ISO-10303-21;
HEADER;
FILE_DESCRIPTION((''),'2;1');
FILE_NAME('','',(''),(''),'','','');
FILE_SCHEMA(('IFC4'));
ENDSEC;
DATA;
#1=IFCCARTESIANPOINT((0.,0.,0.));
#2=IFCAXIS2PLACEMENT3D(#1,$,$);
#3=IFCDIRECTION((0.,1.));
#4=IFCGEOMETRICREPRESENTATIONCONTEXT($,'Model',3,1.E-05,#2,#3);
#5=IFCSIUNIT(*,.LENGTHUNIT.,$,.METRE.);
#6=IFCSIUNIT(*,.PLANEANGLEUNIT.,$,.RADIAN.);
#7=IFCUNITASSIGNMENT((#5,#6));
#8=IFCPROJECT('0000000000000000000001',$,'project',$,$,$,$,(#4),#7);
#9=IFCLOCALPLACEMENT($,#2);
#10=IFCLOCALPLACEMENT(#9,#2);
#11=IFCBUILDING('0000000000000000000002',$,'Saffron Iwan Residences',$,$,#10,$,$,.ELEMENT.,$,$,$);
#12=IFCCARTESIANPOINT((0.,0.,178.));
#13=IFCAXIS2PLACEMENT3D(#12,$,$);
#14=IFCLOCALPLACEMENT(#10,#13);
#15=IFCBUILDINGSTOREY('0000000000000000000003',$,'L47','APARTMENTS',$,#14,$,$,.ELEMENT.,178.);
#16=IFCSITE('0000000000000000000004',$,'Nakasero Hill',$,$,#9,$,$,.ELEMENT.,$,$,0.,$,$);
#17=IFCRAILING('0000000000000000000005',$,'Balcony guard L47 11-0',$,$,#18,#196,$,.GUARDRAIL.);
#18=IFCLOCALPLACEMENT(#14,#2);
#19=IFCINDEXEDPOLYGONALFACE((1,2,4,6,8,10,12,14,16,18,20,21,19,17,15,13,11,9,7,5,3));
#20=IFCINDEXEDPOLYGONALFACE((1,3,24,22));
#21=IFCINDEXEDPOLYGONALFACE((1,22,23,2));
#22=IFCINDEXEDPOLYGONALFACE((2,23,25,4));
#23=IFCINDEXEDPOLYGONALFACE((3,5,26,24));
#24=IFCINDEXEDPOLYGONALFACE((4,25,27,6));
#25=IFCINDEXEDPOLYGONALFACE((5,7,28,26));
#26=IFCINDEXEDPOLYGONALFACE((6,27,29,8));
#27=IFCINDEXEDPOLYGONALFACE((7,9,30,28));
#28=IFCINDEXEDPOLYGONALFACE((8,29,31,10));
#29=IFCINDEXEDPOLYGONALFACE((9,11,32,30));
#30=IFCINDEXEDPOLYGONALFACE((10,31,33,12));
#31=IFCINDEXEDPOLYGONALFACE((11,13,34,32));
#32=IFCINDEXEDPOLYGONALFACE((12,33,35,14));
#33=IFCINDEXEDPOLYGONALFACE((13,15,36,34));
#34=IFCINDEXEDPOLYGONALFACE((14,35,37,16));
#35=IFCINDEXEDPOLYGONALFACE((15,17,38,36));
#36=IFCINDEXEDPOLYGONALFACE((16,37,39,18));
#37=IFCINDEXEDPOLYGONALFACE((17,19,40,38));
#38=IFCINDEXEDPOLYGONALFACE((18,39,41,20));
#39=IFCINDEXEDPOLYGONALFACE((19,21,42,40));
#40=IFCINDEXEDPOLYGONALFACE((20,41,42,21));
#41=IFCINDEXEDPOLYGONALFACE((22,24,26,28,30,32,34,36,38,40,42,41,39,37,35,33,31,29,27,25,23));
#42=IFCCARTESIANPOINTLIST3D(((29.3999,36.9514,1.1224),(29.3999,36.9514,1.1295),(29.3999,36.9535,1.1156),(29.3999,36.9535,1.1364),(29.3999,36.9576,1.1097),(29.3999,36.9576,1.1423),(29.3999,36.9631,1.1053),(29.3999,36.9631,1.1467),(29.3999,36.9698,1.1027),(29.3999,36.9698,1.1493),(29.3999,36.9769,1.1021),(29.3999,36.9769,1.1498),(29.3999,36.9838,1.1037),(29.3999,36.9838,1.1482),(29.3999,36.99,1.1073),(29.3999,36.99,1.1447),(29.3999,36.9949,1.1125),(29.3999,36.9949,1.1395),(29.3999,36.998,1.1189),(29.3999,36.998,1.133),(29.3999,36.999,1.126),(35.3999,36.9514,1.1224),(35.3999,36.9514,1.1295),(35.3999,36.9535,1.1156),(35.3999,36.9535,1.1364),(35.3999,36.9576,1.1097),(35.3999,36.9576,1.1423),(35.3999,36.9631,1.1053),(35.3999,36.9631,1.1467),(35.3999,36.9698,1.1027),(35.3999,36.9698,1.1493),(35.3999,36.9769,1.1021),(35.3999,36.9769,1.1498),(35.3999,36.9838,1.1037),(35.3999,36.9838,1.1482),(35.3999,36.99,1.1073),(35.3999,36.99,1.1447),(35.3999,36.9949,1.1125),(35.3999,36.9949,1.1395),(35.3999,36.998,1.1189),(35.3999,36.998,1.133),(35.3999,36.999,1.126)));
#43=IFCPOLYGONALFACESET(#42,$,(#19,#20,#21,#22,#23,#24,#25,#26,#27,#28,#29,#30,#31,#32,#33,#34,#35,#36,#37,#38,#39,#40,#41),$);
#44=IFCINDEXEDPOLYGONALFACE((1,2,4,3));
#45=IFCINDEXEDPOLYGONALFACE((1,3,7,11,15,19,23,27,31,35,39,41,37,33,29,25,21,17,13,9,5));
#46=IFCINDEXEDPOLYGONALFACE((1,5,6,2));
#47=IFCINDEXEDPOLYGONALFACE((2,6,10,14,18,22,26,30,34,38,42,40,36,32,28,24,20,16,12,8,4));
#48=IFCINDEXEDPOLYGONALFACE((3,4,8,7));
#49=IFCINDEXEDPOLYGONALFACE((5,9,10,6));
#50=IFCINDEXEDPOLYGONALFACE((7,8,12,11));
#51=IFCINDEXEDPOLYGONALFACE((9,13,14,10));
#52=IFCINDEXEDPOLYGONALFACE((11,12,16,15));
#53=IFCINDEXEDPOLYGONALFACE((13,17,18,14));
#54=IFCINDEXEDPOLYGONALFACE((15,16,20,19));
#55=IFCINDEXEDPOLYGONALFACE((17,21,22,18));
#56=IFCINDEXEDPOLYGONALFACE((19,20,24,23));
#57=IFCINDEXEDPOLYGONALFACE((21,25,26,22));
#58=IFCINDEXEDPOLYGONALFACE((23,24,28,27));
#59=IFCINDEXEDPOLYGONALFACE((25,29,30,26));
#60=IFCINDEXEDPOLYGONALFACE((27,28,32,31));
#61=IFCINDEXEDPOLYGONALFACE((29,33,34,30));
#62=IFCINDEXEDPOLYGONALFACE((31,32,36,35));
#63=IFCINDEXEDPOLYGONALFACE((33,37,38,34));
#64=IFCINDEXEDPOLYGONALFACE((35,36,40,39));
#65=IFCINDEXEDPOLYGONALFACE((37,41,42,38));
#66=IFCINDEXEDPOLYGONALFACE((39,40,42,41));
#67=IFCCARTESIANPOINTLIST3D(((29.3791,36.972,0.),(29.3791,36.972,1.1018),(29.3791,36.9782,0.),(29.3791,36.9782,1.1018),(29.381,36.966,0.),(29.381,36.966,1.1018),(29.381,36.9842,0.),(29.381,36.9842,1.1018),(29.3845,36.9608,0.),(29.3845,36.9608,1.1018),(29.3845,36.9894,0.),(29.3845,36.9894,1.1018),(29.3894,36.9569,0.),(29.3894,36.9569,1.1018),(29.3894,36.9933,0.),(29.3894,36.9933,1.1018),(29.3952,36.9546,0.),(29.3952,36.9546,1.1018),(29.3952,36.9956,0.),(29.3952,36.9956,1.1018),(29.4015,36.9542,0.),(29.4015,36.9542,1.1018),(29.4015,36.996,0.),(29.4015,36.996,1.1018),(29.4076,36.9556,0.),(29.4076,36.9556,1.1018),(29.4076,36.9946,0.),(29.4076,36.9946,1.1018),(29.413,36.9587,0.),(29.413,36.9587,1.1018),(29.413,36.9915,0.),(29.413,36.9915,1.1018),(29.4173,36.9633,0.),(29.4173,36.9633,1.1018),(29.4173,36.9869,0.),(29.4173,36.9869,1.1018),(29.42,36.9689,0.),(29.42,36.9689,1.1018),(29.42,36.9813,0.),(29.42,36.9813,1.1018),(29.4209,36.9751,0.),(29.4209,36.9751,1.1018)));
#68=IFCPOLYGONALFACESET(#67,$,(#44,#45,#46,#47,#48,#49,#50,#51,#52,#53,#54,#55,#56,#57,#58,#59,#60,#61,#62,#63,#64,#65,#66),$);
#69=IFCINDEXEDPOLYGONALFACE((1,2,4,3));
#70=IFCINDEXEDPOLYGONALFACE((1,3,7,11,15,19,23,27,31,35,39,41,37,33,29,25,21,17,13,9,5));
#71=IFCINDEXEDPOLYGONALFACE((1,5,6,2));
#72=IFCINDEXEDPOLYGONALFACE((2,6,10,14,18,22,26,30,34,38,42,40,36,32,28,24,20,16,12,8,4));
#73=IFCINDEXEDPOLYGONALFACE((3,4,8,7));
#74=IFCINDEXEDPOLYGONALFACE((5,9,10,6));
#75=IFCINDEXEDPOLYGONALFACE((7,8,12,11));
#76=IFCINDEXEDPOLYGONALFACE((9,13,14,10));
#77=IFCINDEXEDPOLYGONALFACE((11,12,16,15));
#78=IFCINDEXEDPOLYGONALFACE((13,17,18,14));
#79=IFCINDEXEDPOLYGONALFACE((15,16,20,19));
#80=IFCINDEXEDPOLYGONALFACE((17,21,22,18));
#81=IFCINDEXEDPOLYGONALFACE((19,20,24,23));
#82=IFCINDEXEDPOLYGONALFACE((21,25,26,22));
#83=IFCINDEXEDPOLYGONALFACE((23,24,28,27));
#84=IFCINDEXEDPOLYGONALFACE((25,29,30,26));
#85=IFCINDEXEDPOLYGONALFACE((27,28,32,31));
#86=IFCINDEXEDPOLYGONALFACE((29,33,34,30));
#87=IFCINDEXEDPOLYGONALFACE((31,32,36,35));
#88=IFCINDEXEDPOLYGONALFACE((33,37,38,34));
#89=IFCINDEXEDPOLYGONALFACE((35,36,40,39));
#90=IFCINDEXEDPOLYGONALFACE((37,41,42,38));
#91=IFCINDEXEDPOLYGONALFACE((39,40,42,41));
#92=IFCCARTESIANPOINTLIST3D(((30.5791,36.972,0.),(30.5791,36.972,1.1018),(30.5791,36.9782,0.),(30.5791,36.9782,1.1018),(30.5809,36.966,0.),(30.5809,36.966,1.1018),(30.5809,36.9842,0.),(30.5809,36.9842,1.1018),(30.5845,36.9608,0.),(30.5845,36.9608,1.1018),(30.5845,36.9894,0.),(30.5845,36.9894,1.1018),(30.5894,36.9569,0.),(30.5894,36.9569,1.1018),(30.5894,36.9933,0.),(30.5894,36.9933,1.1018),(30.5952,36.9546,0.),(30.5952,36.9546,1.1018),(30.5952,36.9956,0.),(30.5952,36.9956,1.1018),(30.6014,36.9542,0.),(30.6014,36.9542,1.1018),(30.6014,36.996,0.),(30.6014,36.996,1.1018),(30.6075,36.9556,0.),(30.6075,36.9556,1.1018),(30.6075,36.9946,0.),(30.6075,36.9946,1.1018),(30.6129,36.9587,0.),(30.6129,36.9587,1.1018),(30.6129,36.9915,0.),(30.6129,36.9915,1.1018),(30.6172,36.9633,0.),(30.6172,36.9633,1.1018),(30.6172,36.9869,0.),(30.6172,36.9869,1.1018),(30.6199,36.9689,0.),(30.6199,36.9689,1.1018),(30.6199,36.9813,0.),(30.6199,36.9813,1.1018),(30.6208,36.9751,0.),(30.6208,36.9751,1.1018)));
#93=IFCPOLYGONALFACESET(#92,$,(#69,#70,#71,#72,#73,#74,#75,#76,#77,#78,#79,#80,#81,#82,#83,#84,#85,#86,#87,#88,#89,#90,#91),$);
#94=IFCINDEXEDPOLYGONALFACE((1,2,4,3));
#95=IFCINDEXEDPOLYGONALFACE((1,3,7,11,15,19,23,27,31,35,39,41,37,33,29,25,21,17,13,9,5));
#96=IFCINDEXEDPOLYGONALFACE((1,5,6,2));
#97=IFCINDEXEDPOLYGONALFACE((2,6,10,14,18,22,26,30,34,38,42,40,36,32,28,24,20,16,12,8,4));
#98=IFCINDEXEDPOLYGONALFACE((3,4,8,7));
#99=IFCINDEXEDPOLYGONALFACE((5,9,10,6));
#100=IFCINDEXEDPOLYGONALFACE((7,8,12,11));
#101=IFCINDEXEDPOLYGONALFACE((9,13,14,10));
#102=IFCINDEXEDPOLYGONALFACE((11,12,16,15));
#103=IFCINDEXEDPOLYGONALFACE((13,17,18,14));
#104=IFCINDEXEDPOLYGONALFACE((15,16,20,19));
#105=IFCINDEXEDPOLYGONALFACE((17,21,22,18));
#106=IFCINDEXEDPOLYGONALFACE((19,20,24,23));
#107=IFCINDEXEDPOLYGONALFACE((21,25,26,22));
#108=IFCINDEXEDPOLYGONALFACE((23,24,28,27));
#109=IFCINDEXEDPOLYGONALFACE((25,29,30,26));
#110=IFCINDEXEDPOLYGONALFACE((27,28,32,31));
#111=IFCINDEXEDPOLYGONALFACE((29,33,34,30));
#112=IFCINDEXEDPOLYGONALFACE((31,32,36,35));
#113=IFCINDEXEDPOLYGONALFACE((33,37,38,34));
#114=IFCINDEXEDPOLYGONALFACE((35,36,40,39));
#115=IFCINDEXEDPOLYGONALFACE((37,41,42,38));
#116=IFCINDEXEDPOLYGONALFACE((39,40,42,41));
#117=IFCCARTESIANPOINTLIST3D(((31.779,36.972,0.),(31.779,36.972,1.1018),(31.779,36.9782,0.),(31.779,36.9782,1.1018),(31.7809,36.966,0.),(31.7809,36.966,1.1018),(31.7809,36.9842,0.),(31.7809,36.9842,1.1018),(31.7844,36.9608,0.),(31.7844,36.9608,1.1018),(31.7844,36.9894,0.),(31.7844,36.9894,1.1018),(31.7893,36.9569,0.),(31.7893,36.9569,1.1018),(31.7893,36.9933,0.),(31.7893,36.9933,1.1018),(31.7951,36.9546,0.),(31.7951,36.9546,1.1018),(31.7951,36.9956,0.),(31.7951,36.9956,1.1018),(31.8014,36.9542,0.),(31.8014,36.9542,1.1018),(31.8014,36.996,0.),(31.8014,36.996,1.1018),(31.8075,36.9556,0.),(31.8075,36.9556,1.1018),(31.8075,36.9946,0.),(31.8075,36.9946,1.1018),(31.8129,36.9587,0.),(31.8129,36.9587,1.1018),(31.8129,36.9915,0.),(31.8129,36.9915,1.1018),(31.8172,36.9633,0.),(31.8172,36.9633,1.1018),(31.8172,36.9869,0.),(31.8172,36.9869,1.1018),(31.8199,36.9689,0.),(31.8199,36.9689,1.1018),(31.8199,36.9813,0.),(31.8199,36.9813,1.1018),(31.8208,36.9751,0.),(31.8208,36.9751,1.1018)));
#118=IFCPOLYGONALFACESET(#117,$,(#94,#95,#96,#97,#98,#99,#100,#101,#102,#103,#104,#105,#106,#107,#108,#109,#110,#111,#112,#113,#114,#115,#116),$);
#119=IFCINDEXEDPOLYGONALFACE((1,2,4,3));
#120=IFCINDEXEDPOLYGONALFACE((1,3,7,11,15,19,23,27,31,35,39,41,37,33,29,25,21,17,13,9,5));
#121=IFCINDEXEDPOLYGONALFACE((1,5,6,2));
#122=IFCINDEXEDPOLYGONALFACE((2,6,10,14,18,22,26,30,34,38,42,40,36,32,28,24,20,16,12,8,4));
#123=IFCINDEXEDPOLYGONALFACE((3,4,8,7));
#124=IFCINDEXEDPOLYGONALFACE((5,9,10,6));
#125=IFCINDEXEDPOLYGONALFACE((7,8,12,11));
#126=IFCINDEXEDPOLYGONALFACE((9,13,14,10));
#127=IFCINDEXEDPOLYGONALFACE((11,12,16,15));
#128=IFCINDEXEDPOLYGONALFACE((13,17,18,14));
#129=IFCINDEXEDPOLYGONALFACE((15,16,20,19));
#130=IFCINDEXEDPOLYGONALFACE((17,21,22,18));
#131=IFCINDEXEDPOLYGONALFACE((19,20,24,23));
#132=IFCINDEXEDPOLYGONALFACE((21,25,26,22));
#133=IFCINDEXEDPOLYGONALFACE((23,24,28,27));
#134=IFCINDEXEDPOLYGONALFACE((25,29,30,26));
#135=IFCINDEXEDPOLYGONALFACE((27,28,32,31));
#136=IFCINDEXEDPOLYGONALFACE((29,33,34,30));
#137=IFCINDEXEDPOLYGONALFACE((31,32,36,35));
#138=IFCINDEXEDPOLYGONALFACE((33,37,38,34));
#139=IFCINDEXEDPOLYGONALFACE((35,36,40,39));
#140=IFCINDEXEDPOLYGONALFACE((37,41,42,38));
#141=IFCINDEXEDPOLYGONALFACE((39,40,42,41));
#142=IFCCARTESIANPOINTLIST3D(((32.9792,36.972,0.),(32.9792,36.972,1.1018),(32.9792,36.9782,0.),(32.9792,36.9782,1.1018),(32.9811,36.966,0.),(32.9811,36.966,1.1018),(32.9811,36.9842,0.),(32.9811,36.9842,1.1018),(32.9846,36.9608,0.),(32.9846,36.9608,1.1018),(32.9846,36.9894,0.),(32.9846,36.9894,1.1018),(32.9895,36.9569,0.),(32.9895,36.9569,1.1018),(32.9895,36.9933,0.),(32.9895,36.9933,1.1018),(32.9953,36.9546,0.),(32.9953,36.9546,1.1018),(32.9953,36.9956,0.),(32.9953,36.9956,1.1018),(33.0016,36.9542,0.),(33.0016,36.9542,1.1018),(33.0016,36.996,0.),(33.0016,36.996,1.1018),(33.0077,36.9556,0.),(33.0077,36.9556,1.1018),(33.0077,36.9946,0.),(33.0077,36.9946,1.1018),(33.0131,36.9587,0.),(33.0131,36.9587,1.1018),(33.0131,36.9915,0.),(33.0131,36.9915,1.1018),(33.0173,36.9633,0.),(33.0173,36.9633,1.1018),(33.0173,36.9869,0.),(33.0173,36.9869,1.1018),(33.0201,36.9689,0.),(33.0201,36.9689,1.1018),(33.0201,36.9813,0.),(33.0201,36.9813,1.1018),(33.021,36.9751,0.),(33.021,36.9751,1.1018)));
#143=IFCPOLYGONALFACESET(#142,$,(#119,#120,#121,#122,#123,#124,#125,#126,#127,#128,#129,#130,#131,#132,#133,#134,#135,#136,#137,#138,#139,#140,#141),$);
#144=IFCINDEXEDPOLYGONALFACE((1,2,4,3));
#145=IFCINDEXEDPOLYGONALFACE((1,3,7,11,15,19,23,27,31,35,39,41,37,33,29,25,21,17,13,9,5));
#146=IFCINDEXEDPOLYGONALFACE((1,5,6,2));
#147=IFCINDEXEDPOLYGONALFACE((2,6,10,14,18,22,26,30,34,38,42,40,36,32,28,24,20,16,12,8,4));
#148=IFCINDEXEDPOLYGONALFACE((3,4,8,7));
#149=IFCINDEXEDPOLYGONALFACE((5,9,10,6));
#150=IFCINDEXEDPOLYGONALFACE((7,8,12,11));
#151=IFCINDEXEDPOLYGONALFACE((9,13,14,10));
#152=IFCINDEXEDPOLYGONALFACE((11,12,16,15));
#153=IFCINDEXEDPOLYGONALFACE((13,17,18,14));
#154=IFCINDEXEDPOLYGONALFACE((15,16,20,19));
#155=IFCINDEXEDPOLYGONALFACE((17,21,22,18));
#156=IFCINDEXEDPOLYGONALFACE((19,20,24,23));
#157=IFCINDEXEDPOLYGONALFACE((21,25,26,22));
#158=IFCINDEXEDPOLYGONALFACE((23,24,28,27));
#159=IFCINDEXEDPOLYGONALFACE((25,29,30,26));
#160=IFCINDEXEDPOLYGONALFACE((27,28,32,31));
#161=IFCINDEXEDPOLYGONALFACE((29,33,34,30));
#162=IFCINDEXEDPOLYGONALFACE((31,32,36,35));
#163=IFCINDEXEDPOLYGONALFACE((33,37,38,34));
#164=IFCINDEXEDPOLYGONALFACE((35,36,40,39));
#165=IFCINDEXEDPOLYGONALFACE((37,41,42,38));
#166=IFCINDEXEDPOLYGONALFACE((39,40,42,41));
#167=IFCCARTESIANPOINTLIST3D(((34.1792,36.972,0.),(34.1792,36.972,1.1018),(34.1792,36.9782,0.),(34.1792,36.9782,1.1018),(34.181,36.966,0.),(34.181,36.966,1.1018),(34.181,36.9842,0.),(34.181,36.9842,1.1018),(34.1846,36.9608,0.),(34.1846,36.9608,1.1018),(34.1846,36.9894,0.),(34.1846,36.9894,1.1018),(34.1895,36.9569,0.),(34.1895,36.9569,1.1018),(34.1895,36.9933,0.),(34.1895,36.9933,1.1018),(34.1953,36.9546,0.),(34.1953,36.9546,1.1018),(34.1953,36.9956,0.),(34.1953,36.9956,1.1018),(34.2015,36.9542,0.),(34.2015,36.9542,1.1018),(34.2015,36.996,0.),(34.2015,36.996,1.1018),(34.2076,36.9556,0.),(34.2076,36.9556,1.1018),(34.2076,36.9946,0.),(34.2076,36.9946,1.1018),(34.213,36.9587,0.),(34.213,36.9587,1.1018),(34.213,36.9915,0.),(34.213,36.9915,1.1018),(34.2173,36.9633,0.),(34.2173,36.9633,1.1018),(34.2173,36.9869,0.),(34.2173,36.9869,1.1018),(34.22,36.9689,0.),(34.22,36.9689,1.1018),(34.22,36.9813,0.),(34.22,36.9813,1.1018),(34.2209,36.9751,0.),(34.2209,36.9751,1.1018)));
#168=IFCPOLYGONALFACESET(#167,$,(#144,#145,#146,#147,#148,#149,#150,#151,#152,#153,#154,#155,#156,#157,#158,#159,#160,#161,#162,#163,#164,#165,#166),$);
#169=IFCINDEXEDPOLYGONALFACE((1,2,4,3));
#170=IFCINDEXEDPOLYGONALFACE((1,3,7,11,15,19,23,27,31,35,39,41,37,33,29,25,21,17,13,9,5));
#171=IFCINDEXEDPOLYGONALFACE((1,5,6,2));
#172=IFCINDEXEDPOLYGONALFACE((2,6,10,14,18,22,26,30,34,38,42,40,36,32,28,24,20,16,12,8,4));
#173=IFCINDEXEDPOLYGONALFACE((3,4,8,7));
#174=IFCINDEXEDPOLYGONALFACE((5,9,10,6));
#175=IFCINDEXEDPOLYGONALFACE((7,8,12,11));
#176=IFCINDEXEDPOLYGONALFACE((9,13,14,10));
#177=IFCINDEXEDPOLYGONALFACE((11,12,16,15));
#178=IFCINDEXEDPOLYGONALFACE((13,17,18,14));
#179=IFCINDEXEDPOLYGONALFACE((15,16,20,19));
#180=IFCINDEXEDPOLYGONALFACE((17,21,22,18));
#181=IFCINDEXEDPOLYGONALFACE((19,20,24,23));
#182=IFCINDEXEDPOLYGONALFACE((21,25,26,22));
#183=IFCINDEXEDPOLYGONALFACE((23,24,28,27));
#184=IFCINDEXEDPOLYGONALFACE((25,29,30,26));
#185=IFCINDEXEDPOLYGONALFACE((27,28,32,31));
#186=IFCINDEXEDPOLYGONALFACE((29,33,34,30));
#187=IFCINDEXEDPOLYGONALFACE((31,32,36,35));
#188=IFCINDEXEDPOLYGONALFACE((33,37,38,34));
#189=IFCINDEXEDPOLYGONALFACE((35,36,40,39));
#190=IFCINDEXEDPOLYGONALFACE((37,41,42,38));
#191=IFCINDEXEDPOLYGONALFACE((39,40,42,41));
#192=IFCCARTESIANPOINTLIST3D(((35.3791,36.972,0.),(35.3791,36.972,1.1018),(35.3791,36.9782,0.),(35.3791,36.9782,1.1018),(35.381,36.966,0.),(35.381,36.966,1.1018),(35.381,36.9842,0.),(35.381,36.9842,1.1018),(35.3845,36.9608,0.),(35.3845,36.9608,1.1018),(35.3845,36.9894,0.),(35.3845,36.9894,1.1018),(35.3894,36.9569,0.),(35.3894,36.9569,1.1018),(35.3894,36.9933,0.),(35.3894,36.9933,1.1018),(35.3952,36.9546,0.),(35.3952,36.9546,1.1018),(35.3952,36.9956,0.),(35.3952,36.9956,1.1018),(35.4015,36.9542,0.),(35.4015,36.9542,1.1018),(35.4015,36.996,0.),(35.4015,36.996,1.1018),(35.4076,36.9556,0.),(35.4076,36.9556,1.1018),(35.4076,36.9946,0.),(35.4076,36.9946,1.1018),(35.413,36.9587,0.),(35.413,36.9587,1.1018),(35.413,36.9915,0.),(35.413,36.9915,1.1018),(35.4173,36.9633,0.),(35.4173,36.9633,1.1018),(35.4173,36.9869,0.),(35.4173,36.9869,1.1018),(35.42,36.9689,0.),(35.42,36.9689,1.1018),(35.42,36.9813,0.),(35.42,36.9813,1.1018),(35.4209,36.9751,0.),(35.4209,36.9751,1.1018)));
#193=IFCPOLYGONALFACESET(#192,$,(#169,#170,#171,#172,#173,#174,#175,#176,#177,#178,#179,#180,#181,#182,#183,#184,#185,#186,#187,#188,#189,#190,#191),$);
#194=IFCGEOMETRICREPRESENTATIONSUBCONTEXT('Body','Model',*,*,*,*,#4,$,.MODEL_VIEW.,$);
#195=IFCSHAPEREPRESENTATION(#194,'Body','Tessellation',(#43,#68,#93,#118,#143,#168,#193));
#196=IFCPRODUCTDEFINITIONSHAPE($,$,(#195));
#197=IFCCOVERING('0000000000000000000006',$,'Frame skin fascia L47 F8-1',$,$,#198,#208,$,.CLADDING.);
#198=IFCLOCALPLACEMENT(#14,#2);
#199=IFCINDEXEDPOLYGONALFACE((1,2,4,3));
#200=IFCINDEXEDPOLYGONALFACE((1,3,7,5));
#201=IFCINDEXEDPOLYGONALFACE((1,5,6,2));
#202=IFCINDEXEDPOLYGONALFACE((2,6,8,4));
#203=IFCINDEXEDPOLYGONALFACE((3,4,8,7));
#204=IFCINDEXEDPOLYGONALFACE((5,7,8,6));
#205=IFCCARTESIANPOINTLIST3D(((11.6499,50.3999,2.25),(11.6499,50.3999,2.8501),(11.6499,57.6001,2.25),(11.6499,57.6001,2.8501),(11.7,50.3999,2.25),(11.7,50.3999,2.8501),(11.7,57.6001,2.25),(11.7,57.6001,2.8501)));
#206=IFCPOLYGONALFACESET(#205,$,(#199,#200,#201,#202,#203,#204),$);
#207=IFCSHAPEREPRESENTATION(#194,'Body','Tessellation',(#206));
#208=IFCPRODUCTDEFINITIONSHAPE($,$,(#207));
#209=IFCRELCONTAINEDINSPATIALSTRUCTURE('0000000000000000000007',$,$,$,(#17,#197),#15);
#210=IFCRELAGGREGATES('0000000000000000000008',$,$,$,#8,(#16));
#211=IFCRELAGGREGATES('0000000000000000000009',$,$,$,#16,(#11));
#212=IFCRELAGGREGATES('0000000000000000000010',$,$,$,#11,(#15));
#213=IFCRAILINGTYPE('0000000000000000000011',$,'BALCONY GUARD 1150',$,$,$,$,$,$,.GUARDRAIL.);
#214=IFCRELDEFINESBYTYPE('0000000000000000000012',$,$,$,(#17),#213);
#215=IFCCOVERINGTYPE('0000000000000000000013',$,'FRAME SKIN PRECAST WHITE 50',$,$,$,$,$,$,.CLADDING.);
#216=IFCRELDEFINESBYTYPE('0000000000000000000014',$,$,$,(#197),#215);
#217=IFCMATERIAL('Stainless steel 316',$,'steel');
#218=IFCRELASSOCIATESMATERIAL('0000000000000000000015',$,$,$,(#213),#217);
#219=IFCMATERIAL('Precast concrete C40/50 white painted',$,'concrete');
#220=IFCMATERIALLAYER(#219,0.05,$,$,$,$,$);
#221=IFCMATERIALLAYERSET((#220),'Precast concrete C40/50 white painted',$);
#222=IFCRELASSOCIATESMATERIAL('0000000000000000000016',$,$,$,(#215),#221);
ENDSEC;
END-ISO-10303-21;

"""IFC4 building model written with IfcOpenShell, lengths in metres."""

from ifc_helpers import new_model, si_unit, direction, frame, origin, origin_2d, place, context, subcontext, project, spatial, polyline, circle, outline, extrude, material, layer, layer_set, type_object, element, save


model = new_model("IFC4")

# Units and contexts
model_context = context("Model", 3, precision=1e-05, world=origin(), true_north=direction((0.0, 1.0)))
body_context = subcontext(model_context, "Body", "Model", "MODEL_VIEW")
ifc_project = project(units=[si_unit("LENGTHUNIT", "METRE"), si_unit("PLANEANGLEUNIT", "RADIAN")], contexts=[model_context])

# Site, building, storey
site_placement = place(None, origin())
site = spatial("IfcSite", under=ifc_project, at=site_placement, Name="Nakasero Hill", CompositionType="ELEMENT", RefElevation=0.0)
building_placement = place(site_placement, origin())
building = spatial("IfcBuilding", under=site, at=building_placement, Name="Saffron Iwan Residences", CompositionType="ELEMENT")
storey_placement = place(building_placement, frame((0.0, 0.0, 178.0)))
storey = spatial("IfcBuildingStorey", under=building, at=storey_placement, Name="L47", Description="APARTMENTS", CompositionType="ELEMENT", Elevation=178.0)

# Railing
ifc_material_1 = material(Name="Stainless steel 316", Category="steel")
railing_type = type_object("IfcRailingType", Name="BALCONY GUARD 1150", PredefinedType="GUARDRAIL", material=ifc_material_1)
railing_placement = place(storey_placement, frame((29.3999, 36.9751, 0.0)))
element("IfcRailing", 1, at=railing_placement, inside=storey, type_object=railing_type, Name="Balcony guard L47 11-0", PredefinedType="GUARDRAIL", context=body_context, shape_type="SweptSolid", body=[
    extrude(circle(Radius=0.0239, at=origin_2d()), frame((0.0, 0.0, 1.126), z_axis=(1.0, 0.0, 0.0), x_axis=(0.0, 1.0, 0.0)), (0.0, 0.0, 1.0), 6.0),
    extrude(circle(Radius=0.021, at=origin_2d()), origin(), (0.0, 0.0, 1.0), 1.1018),
    extrude(circle(Radius=0.021, at=origin_2d()), frame((1.2, 0.0, 0.0)), (0.0, 0.0, 1.0), 1.1018),
    extrude(circle(Radius=0.021, at=origin_2d()), frame((2.3999, 0.0, 0.0)), (0.0, 0.0, 1.0), 1.1018),
    extrude(circle(Radius=0.021, at=origin_2d()), frame((3.6001, 0.0, 0.0)), (0.0, 0.0, 1.0), 1.1018),
    extrude(circle(Radius=0.021, at=origin_2d()), frame((4.8, 0.0, 0.0)), (0.0, 0.0, 1.0), 1.1018),
    extrude(circle(Radius=0.021, at=origin_2d()), frame((6.0, 0.0, 0.0)), (0.0, 0.0, 1.0), 1.1018),
])

# Covering
ifc_material_2 = material(Name="Precast concrete C40/50 white painted", Category="concrete")
ifc_layer_1 = layer(ifc_material_2, 0.05)
ifc_layer_set_1 = layer_set([ifc_layer_1], Name="Precast concrete C40/50 white painted")
covering_type = type_object("IfcCoveringType", Name="FRAME SKIN PRECAST WHITE 50", PredefinedType="CLADDING", material=ifc_layer_set_1)
covering_1_placement = place(storey_placement, frame((0.0, 0.0, 2.25)))
element("IfcCovering", 2, at=covering_1_placement, inside=storey, type_object=covering_type, Name="Frame skin fascia L47 F8-1", PredefinedType="CLADDING", context=body_context, shape_type="SweptSolid", body=[
    extrude(outline(polyline([(11.6499, 57.6001), (11.6499, 50.3999), (11.7, 50.3999), (11.7, 57.6001), (11.6499, 57.6001)])), origin(), (0.0, 0.0, 1.0), 0.6001),
])

save(model, "model.ifc")
